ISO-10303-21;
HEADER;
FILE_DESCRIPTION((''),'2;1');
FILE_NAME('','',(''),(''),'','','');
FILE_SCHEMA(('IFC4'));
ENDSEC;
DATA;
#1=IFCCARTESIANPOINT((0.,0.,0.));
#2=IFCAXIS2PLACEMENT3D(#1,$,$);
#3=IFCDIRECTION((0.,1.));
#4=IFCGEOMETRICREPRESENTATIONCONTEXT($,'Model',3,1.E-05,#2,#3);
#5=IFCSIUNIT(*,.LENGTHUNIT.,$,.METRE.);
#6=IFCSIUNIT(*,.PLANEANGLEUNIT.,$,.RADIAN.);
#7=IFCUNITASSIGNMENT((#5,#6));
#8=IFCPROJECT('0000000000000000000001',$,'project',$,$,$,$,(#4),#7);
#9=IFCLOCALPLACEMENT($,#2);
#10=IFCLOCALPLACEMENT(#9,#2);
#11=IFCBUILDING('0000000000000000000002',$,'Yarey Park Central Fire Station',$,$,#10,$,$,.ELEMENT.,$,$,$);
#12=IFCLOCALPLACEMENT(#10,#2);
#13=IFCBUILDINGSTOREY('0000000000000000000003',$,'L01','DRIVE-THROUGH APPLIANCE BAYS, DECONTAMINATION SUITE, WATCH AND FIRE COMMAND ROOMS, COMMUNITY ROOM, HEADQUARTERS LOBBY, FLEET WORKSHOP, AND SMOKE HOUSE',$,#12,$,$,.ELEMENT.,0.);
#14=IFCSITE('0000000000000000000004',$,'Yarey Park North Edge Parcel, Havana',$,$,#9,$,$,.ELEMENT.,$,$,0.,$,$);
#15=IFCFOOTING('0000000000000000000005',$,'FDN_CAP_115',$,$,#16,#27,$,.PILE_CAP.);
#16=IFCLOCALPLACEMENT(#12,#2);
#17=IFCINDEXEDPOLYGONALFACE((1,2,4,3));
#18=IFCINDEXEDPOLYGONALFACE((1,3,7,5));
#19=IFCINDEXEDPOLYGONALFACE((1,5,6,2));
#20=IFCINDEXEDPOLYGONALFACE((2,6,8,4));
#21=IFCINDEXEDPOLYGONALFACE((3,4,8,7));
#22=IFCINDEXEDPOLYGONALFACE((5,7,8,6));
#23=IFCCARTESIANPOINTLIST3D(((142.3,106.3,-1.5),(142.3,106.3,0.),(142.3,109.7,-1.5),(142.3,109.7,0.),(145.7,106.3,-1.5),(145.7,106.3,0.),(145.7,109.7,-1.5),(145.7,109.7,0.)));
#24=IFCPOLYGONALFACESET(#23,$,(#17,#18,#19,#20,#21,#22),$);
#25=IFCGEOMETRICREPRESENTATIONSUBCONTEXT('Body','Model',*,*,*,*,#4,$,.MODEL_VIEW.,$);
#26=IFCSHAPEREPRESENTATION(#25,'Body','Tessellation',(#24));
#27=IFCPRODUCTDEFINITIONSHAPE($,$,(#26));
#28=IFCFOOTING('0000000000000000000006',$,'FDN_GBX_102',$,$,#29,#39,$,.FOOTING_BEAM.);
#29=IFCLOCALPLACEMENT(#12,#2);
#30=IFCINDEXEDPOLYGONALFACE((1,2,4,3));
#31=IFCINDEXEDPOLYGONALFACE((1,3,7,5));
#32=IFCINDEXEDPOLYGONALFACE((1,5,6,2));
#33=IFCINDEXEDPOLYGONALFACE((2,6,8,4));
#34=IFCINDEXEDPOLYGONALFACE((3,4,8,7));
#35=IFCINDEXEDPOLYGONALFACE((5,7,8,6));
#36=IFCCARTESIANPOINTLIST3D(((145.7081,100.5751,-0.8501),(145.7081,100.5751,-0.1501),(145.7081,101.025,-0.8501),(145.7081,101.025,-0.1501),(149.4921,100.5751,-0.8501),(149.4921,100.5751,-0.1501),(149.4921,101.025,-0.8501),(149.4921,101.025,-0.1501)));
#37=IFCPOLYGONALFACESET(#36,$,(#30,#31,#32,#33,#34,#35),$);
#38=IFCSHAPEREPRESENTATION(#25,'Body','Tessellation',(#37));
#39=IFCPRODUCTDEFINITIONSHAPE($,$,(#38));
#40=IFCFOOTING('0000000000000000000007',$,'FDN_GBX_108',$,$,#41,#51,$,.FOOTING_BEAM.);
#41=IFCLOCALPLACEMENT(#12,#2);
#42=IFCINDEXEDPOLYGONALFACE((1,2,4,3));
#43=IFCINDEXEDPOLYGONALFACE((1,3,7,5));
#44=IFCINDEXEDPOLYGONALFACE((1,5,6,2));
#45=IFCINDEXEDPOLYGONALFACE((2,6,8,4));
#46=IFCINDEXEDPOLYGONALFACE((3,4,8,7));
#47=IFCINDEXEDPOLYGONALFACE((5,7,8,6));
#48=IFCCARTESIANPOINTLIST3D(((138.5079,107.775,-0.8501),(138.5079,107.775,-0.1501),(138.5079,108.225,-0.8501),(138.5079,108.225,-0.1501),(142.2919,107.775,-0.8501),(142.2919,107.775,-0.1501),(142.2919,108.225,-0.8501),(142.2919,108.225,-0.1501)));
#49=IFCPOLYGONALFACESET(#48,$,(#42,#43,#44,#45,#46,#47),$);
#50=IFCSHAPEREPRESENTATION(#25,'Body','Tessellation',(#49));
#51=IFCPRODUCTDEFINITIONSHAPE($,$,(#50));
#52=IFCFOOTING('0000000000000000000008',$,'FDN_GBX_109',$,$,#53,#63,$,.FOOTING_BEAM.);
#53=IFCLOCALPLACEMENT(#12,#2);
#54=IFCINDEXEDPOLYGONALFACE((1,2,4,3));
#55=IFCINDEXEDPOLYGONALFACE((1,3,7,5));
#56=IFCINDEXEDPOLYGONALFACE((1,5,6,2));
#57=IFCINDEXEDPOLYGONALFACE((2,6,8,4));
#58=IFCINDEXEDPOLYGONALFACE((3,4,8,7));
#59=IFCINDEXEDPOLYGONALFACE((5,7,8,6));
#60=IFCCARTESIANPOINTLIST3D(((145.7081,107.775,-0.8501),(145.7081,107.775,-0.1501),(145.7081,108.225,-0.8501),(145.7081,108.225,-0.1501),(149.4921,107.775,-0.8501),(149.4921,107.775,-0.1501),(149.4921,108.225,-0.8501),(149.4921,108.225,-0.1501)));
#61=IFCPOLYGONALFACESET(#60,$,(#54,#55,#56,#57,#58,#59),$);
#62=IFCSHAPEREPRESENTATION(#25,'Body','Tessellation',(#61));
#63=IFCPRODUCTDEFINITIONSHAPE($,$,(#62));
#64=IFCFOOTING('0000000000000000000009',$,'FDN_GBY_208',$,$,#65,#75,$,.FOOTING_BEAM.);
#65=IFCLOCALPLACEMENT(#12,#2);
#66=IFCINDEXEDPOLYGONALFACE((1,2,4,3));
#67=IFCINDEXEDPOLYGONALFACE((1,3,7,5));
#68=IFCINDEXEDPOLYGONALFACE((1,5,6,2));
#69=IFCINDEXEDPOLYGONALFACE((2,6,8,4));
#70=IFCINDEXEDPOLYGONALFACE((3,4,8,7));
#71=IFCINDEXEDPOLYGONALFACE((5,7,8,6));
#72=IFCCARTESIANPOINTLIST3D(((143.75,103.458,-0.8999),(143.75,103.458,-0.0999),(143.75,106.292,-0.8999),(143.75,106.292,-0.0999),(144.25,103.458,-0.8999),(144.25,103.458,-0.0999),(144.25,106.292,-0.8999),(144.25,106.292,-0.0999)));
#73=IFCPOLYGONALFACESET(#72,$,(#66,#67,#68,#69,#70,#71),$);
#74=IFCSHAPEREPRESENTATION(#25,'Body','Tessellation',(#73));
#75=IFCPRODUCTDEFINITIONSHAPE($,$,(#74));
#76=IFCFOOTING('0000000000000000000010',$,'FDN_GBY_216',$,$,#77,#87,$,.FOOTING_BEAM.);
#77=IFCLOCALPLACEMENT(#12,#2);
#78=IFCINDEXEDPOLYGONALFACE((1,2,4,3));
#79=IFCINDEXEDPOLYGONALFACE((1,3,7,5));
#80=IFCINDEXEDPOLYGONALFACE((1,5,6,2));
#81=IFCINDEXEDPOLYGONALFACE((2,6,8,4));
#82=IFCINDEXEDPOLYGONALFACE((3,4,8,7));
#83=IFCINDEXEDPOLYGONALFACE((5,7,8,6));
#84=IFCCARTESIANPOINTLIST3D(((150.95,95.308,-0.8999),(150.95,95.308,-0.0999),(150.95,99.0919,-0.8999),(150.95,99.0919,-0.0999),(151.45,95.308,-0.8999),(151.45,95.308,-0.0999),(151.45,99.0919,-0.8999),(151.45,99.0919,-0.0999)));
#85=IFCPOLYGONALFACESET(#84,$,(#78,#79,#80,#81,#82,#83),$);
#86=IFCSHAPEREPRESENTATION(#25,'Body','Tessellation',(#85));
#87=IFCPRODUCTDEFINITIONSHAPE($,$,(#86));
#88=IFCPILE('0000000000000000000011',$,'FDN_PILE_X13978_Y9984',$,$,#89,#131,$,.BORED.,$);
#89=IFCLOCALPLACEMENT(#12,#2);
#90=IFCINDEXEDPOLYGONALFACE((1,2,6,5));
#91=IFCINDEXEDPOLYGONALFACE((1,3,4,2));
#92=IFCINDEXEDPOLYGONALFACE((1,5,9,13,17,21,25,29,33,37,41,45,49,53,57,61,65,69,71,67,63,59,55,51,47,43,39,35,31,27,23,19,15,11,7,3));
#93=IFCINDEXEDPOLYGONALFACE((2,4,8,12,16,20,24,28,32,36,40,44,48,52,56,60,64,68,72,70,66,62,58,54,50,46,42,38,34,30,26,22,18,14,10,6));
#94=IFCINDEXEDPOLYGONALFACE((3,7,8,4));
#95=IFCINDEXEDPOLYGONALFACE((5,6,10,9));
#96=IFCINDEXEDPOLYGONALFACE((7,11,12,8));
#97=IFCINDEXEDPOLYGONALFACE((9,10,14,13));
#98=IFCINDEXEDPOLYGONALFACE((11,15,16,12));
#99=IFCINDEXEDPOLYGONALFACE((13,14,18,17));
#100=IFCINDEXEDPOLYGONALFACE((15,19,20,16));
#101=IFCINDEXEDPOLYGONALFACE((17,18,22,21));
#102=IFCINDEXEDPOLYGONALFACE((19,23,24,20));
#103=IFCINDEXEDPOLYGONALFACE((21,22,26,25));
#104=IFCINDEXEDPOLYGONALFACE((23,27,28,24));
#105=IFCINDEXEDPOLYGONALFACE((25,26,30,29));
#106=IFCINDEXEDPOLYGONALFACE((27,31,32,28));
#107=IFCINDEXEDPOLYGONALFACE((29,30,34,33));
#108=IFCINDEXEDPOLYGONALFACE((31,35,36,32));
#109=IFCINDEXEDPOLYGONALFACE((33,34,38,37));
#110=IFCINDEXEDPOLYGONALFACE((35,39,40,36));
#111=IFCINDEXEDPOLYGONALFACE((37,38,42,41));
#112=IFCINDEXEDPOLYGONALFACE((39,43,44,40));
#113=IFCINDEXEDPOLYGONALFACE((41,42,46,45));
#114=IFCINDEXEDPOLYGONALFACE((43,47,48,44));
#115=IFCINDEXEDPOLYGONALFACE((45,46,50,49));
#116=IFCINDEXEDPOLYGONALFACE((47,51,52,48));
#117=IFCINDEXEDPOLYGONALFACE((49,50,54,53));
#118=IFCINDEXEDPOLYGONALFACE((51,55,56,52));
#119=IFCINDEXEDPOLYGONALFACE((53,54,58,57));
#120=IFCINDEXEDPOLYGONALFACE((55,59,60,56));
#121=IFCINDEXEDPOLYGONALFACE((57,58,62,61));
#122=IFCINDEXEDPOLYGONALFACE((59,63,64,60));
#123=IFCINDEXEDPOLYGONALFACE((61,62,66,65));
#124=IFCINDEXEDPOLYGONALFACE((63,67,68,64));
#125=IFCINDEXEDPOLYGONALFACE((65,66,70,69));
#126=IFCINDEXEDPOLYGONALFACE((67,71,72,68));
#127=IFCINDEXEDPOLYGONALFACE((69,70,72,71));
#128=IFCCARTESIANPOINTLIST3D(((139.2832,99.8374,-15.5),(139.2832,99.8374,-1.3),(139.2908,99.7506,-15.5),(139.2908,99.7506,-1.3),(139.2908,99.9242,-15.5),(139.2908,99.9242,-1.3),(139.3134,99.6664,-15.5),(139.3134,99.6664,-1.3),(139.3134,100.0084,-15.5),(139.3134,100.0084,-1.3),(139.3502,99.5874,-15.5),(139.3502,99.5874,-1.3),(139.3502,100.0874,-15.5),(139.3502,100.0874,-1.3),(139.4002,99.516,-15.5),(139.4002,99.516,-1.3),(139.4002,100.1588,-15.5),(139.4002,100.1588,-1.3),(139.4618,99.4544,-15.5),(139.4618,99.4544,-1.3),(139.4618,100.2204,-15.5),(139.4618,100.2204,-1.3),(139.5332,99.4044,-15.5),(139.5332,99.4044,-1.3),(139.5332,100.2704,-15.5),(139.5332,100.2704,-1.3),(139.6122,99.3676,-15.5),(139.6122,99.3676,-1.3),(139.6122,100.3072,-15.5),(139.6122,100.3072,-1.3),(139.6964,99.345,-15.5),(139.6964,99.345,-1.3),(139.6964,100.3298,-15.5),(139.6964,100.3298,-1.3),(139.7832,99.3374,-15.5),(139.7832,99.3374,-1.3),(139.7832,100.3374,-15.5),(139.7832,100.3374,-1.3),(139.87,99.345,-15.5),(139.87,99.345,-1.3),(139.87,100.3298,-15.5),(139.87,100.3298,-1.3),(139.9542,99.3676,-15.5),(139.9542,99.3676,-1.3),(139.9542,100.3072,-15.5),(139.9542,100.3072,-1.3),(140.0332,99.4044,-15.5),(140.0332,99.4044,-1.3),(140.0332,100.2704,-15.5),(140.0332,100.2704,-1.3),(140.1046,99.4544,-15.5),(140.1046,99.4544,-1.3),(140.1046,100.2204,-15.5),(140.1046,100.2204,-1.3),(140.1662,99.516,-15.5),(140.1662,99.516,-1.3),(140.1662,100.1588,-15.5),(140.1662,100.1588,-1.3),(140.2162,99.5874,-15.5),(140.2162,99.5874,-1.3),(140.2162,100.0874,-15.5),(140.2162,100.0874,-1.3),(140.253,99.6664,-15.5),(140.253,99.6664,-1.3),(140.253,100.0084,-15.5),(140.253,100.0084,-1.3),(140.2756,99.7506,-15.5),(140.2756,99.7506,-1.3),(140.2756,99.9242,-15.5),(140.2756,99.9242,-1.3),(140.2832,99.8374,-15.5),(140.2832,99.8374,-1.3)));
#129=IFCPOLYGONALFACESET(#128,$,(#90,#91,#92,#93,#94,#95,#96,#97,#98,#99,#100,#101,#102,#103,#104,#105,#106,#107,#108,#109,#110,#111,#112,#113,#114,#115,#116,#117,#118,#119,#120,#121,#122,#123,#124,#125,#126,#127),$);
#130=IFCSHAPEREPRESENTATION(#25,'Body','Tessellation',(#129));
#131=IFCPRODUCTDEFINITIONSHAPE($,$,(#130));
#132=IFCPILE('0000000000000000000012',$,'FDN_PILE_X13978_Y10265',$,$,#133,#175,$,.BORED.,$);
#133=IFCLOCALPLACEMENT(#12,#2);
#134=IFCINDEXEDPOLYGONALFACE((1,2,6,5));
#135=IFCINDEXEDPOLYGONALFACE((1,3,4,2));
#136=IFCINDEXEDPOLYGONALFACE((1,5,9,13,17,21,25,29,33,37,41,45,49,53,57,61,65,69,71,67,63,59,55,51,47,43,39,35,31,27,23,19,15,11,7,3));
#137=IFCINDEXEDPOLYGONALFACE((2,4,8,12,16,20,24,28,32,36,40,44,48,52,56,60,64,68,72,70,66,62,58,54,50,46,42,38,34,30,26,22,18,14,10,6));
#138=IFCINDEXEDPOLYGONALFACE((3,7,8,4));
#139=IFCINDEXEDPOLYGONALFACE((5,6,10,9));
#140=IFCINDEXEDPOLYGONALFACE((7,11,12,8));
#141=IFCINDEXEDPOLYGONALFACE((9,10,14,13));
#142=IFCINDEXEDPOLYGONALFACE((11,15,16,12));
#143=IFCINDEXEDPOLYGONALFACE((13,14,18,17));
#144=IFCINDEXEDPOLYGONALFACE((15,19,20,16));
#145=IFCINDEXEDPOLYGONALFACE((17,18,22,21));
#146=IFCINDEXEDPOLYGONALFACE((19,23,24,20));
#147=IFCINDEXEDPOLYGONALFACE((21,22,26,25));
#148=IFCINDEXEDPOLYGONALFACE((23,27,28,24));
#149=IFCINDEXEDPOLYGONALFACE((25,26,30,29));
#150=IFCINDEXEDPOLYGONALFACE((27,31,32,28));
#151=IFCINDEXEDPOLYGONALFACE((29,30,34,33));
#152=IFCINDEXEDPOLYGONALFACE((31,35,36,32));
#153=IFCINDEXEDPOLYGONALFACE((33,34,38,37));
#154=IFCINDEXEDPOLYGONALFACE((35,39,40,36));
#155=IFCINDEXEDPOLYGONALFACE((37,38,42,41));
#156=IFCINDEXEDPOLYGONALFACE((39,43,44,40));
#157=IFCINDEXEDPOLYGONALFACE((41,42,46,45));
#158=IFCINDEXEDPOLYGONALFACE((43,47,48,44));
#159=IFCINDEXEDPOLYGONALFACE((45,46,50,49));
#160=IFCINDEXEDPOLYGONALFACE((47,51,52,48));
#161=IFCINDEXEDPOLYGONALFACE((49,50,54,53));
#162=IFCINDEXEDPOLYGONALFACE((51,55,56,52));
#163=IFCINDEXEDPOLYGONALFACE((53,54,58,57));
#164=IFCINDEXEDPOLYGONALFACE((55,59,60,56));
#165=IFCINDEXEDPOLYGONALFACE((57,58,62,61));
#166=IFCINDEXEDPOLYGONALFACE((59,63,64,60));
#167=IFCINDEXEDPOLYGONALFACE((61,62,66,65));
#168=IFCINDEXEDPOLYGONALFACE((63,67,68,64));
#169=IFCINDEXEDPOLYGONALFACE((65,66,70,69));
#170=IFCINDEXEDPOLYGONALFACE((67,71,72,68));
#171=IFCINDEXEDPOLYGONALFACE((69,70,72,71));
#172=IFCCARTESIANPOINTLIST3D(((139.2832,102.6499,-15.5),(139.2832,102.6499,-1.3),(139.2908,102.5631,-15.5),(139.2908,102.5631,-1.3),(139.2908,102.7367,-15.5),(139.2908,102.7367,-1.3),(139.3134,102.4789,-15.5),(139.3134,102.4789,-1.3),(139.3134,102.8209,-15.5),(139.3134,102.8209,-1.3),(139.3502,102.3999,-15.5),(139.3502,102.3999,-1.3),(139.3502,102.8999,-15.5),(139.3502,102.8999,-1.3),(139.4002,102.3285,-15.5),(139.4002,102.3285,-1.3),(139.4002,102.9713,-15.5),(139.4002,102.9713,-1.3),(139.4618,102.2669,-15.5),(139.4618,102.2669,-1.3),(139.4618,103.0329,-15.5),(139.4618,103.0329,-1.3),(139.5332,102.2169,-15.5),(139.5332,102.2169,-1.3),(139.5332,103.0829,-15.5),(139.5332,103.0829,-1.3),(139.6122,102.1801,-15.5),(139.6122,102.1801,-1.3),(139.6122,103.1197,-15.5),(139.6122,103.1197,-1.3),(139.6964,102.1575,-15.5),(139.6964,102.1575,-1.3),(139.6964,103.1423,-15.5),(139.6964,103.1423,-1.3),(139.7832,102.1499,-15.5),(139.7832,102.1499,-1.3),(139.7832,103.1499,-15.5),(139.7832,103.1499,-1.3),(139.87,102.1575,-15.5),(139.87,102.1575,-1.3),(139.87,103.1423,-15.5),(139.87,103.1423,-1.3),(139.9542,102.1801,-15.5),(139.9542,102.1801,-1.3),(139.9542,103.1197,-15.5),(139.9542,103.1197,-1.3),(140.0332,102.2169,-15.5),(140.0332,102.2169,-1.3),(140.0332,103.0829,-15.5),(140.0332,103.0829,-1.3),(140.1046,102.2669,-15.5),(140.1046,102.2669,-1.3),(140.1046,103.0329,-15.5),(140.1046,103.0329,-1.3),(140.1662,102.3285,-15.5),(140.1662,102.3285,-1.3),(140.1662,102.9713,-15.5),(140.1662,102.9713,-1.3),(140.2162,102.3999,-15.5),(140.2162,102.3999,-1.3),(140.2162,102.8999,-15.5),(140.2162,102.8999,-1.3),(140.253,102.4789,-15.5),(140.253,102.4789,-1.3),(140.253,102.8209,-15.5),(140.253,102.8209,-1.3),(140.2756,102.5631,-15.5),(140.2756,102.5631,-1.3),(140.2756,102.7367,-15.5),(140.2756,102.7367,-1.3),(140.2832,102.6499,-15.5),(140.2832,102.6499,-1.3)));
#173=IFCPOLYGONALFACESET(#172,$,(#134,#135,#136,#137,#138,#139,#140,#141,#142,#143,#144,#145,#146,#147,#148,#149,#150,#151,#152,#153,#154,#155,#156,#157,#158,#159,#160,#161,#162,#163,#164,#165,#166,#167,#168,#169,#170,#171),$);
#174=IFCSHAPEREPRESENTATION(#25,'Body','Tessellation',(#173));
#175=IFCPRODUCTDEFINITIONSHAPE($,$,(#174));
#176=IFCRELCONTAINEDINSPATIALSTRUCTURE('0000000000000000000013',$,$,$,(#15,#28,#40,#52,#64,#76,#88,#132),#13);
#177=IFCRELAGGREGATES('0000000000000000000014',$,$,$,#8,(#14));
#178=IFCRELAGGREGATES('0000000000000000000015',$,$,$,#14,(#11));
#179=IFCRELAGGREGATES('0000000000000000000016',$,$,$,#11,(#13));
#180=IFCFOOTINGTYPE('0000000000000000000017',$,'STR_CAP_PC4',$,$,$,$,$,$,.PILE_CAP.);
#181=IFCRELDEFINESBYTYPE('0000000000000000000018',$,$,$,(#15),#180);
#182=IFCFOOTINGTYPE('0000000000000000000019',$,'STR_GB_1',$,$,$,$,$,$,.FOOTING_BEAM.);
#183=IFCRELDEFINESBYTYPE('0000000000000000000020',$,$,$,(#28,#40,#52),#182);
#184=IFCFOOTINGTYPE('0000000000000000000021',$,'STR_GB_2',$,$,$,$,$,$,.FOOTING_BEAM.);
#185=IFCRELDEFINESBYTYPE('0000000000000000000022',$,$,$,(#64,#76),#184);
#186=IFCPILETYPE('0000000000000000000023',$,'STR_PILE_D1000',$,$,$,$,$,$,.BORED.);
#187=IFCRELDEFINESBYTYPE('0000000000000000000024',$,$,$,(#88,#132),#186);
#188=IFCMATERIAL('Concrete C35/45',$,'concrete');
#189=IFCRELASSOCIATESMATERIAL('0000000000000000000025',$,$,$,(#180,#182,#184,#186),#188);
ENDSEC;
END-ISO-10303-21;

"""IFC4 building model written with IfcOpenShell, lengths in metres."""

from ifc_helpers import new_model, si_unit, direction, frame, origin, origin_2d, place, context, subcontext, project, spatial, rectangle, circle, extrude, material, material_profile, profile_set, type_object, element, save


model = new_model("IFC4")

# Units and contexts
model_context = context("Model", 3, precision=1e-05, world=origin(), true_north=direction((0.0, 1.0)))
body_context = subcontext(model_context, "Body", "Model", "MODEL_VIEW")
ifc_project = project(units=[si_unit("LENGTHUNIT", "METRE"), si_unit("PLANEANGLEUNIT", "RADIAN")], contexts=[model_context])

# Site, building, storey
site_placement = place(None, origin())
site = spatial("IfcSite", under=ifc_project, at=site_placement, Name="Yarey Park North Edge Parcel, Havana", CompositionType="ELEMENT", RefElevation=0.0)
building_placement = place(site_placement, origin())
building = spatial("IfcBuilding", under=site, at=building_placement, Name="Yarey Park Central Fire Station", CompositionType="ELEMENT")
storey_placement = place(building_placement, origin())
storey = spatial("IfcBuildingStorey", under=building, at=storey_placement, Name="L01", Description="DRIVE-THROUGH APPLIANCE BAYS, DECONTAMINATION SUITE, WATCH AND FIRE COMMAND ROOMS, COMMUNITY ROOM, HEADQUARTERS LOBBY, FLEET WORKSHOP, AND SMOKE HOUSE", CompositionType="ELEMENT", Elevation=0.0)

# Footings
ifc_material_1 = material(Name="Concrete C35/45", Category="concrete")
footing_type_1 = type_object("IfcFootingType", Name="STR_CAP_PC4", PredefinedType="PILE_CAP", material=ifc_material_1)
footing_1_placement = place(storey_placement, frame((144.0, 108.0, -1.5), z_axis=(0.0, 0.0, 1.0), x_axis=(1.0, 0.0, 0.0)))
element("IfcFooting", 1, at=footing_1_placement, inside=storey, type_object=footing_type_1, Name="FDN_CAP_115", PredefinedType="PILE_CAP", context=body_context, shape_type="SweptSolid", body=[
    extrude(rectangle(XDim=3.3999, YDim=3.3999, at=origin_2d()), origin(), (0.0, 0.0, 1.0), 1.5),
])
footing_type_2 = type_object("IfcFootingType", Name="STR_GB_1", PredefinedType="FOOTING_BEAM", material=ifc_material_1)
for number, where, z_axis, x_axis, name in (
    (2, (147.6001, 100.8, -0.8501), (0.0, 0.0, 1.0), (1.0, 0.0, 0.0), "FDN_GBX_102"),
    (3, (140.3999, 108.0, -0.8501), (0.0, 0.0, 1.0), (1.0, 0.0, 0.0), "FDN_GBX_108"),
    (4, (147.6001, 108.0, -0.8501), (0.0, 0.0, 1.0), (1.0, 0.0, 0.0), "FDN_GBX_109"),
):
    element("IfcFooting", number, at=place(storey_placement, frame(where, z_axis=z_axis, x_axis=x_axis)), inside=storey, type_object=footing_type_2, Name=name, PredefinedType="FOOTING_BEAM", context=body_context, shape_type="SweptSolid", body=[
        extrude(rectangle(XDim=3.7839, YDim=0.45, at=origin_2d()), origin(), (0.0, 0.0, 1.0), 0.7),
    ])
footing_type_3 = type_object("IfcFootingType", Name="STR_GB_2", PredefinedType="FOOTING_BEAM", material=ifc_material_1)
footing_2_placement = place(storey_placement, frame((144.0, 104.875, -0.8999), z_axis=(0.0, 0.0, 1.0), x_axis=(1.0, 0.0, 0.0)))
element("IfcFooting", 5, at=footing_2_placement, inside=storey, type_object=footing_type_3, Name="FDN_GBY_208", PredefinedType="FOOTING_BEAM", context=body_context, shape_type="SweptSolid", body=[
    extrude(rectangle(XDim=0.5, YDim=2.834, at=origin_2d()), origin(), (0.0, 0.0, 1.0), 0.8),
])
footing_3_placement = place(storey_placement, frame((151.2, 97.2, -0.8999), z_axis=(0.0, 0.0, 1.0), x_axis=(1.0, 0.0, 0.0)))
element("IfcFooting", 6, at=footing_3_placement, inside=storey, type_object=footing_type_3, Name="FDN_GBY_216", PredefinedType="FOOTING_BEAM", context=body_context, shape_type="SweptSolid", body=[
    extrude(rectangle(XDim=0.5, YDim=3.7839, at=origin_2d()), origin(), (0.0, 0.0, 1.0), 0.8),
])

# Piles
ifc_material_profile_1 = material_profile(ifc_material_1, circle(Radius=0.5, at=origin_2d()), Name="BORED PILE D1000")
ifc_profile_set_1 = profile_set([ifc_material_profile_1], Name="Concrete C35/45")
pile_type_1 = type_object("IfcPileType", Name="STR_PILE_D1000", PredefinedType="BORED", material=ifc_profile_set_1)
for number, where, z_axis, x_axis, name in (
    (7, (139.7832, 99.8374, -1.3), (0.0, 0.0, -1.0), (1.0, 0.0, 0.0), "FDN_PILE_X13978_Y9984"),
    (8, (139.7832, 102.6499, -1.3), (0.0, 0.0, -1.0), (1.0, 0.0, 0.0), "FDN_PILE_X13978_Y10265"),
):
    element("IfcPile", number, at=place(storey_placement, frame(where, z_axis=z_axis, x_axis=x_axis)), inside=storey, type_object=pile_type_1, Name=name, PredefinedType="BORED", context=body_context, shape_type="SweptSolid", body=[
        extrude(circle(Radius=0.5, at=origin_2d()), origin(), (0.0, 0.0, 1.0), 14.2),
    ])

save(model, "model.ifc")
